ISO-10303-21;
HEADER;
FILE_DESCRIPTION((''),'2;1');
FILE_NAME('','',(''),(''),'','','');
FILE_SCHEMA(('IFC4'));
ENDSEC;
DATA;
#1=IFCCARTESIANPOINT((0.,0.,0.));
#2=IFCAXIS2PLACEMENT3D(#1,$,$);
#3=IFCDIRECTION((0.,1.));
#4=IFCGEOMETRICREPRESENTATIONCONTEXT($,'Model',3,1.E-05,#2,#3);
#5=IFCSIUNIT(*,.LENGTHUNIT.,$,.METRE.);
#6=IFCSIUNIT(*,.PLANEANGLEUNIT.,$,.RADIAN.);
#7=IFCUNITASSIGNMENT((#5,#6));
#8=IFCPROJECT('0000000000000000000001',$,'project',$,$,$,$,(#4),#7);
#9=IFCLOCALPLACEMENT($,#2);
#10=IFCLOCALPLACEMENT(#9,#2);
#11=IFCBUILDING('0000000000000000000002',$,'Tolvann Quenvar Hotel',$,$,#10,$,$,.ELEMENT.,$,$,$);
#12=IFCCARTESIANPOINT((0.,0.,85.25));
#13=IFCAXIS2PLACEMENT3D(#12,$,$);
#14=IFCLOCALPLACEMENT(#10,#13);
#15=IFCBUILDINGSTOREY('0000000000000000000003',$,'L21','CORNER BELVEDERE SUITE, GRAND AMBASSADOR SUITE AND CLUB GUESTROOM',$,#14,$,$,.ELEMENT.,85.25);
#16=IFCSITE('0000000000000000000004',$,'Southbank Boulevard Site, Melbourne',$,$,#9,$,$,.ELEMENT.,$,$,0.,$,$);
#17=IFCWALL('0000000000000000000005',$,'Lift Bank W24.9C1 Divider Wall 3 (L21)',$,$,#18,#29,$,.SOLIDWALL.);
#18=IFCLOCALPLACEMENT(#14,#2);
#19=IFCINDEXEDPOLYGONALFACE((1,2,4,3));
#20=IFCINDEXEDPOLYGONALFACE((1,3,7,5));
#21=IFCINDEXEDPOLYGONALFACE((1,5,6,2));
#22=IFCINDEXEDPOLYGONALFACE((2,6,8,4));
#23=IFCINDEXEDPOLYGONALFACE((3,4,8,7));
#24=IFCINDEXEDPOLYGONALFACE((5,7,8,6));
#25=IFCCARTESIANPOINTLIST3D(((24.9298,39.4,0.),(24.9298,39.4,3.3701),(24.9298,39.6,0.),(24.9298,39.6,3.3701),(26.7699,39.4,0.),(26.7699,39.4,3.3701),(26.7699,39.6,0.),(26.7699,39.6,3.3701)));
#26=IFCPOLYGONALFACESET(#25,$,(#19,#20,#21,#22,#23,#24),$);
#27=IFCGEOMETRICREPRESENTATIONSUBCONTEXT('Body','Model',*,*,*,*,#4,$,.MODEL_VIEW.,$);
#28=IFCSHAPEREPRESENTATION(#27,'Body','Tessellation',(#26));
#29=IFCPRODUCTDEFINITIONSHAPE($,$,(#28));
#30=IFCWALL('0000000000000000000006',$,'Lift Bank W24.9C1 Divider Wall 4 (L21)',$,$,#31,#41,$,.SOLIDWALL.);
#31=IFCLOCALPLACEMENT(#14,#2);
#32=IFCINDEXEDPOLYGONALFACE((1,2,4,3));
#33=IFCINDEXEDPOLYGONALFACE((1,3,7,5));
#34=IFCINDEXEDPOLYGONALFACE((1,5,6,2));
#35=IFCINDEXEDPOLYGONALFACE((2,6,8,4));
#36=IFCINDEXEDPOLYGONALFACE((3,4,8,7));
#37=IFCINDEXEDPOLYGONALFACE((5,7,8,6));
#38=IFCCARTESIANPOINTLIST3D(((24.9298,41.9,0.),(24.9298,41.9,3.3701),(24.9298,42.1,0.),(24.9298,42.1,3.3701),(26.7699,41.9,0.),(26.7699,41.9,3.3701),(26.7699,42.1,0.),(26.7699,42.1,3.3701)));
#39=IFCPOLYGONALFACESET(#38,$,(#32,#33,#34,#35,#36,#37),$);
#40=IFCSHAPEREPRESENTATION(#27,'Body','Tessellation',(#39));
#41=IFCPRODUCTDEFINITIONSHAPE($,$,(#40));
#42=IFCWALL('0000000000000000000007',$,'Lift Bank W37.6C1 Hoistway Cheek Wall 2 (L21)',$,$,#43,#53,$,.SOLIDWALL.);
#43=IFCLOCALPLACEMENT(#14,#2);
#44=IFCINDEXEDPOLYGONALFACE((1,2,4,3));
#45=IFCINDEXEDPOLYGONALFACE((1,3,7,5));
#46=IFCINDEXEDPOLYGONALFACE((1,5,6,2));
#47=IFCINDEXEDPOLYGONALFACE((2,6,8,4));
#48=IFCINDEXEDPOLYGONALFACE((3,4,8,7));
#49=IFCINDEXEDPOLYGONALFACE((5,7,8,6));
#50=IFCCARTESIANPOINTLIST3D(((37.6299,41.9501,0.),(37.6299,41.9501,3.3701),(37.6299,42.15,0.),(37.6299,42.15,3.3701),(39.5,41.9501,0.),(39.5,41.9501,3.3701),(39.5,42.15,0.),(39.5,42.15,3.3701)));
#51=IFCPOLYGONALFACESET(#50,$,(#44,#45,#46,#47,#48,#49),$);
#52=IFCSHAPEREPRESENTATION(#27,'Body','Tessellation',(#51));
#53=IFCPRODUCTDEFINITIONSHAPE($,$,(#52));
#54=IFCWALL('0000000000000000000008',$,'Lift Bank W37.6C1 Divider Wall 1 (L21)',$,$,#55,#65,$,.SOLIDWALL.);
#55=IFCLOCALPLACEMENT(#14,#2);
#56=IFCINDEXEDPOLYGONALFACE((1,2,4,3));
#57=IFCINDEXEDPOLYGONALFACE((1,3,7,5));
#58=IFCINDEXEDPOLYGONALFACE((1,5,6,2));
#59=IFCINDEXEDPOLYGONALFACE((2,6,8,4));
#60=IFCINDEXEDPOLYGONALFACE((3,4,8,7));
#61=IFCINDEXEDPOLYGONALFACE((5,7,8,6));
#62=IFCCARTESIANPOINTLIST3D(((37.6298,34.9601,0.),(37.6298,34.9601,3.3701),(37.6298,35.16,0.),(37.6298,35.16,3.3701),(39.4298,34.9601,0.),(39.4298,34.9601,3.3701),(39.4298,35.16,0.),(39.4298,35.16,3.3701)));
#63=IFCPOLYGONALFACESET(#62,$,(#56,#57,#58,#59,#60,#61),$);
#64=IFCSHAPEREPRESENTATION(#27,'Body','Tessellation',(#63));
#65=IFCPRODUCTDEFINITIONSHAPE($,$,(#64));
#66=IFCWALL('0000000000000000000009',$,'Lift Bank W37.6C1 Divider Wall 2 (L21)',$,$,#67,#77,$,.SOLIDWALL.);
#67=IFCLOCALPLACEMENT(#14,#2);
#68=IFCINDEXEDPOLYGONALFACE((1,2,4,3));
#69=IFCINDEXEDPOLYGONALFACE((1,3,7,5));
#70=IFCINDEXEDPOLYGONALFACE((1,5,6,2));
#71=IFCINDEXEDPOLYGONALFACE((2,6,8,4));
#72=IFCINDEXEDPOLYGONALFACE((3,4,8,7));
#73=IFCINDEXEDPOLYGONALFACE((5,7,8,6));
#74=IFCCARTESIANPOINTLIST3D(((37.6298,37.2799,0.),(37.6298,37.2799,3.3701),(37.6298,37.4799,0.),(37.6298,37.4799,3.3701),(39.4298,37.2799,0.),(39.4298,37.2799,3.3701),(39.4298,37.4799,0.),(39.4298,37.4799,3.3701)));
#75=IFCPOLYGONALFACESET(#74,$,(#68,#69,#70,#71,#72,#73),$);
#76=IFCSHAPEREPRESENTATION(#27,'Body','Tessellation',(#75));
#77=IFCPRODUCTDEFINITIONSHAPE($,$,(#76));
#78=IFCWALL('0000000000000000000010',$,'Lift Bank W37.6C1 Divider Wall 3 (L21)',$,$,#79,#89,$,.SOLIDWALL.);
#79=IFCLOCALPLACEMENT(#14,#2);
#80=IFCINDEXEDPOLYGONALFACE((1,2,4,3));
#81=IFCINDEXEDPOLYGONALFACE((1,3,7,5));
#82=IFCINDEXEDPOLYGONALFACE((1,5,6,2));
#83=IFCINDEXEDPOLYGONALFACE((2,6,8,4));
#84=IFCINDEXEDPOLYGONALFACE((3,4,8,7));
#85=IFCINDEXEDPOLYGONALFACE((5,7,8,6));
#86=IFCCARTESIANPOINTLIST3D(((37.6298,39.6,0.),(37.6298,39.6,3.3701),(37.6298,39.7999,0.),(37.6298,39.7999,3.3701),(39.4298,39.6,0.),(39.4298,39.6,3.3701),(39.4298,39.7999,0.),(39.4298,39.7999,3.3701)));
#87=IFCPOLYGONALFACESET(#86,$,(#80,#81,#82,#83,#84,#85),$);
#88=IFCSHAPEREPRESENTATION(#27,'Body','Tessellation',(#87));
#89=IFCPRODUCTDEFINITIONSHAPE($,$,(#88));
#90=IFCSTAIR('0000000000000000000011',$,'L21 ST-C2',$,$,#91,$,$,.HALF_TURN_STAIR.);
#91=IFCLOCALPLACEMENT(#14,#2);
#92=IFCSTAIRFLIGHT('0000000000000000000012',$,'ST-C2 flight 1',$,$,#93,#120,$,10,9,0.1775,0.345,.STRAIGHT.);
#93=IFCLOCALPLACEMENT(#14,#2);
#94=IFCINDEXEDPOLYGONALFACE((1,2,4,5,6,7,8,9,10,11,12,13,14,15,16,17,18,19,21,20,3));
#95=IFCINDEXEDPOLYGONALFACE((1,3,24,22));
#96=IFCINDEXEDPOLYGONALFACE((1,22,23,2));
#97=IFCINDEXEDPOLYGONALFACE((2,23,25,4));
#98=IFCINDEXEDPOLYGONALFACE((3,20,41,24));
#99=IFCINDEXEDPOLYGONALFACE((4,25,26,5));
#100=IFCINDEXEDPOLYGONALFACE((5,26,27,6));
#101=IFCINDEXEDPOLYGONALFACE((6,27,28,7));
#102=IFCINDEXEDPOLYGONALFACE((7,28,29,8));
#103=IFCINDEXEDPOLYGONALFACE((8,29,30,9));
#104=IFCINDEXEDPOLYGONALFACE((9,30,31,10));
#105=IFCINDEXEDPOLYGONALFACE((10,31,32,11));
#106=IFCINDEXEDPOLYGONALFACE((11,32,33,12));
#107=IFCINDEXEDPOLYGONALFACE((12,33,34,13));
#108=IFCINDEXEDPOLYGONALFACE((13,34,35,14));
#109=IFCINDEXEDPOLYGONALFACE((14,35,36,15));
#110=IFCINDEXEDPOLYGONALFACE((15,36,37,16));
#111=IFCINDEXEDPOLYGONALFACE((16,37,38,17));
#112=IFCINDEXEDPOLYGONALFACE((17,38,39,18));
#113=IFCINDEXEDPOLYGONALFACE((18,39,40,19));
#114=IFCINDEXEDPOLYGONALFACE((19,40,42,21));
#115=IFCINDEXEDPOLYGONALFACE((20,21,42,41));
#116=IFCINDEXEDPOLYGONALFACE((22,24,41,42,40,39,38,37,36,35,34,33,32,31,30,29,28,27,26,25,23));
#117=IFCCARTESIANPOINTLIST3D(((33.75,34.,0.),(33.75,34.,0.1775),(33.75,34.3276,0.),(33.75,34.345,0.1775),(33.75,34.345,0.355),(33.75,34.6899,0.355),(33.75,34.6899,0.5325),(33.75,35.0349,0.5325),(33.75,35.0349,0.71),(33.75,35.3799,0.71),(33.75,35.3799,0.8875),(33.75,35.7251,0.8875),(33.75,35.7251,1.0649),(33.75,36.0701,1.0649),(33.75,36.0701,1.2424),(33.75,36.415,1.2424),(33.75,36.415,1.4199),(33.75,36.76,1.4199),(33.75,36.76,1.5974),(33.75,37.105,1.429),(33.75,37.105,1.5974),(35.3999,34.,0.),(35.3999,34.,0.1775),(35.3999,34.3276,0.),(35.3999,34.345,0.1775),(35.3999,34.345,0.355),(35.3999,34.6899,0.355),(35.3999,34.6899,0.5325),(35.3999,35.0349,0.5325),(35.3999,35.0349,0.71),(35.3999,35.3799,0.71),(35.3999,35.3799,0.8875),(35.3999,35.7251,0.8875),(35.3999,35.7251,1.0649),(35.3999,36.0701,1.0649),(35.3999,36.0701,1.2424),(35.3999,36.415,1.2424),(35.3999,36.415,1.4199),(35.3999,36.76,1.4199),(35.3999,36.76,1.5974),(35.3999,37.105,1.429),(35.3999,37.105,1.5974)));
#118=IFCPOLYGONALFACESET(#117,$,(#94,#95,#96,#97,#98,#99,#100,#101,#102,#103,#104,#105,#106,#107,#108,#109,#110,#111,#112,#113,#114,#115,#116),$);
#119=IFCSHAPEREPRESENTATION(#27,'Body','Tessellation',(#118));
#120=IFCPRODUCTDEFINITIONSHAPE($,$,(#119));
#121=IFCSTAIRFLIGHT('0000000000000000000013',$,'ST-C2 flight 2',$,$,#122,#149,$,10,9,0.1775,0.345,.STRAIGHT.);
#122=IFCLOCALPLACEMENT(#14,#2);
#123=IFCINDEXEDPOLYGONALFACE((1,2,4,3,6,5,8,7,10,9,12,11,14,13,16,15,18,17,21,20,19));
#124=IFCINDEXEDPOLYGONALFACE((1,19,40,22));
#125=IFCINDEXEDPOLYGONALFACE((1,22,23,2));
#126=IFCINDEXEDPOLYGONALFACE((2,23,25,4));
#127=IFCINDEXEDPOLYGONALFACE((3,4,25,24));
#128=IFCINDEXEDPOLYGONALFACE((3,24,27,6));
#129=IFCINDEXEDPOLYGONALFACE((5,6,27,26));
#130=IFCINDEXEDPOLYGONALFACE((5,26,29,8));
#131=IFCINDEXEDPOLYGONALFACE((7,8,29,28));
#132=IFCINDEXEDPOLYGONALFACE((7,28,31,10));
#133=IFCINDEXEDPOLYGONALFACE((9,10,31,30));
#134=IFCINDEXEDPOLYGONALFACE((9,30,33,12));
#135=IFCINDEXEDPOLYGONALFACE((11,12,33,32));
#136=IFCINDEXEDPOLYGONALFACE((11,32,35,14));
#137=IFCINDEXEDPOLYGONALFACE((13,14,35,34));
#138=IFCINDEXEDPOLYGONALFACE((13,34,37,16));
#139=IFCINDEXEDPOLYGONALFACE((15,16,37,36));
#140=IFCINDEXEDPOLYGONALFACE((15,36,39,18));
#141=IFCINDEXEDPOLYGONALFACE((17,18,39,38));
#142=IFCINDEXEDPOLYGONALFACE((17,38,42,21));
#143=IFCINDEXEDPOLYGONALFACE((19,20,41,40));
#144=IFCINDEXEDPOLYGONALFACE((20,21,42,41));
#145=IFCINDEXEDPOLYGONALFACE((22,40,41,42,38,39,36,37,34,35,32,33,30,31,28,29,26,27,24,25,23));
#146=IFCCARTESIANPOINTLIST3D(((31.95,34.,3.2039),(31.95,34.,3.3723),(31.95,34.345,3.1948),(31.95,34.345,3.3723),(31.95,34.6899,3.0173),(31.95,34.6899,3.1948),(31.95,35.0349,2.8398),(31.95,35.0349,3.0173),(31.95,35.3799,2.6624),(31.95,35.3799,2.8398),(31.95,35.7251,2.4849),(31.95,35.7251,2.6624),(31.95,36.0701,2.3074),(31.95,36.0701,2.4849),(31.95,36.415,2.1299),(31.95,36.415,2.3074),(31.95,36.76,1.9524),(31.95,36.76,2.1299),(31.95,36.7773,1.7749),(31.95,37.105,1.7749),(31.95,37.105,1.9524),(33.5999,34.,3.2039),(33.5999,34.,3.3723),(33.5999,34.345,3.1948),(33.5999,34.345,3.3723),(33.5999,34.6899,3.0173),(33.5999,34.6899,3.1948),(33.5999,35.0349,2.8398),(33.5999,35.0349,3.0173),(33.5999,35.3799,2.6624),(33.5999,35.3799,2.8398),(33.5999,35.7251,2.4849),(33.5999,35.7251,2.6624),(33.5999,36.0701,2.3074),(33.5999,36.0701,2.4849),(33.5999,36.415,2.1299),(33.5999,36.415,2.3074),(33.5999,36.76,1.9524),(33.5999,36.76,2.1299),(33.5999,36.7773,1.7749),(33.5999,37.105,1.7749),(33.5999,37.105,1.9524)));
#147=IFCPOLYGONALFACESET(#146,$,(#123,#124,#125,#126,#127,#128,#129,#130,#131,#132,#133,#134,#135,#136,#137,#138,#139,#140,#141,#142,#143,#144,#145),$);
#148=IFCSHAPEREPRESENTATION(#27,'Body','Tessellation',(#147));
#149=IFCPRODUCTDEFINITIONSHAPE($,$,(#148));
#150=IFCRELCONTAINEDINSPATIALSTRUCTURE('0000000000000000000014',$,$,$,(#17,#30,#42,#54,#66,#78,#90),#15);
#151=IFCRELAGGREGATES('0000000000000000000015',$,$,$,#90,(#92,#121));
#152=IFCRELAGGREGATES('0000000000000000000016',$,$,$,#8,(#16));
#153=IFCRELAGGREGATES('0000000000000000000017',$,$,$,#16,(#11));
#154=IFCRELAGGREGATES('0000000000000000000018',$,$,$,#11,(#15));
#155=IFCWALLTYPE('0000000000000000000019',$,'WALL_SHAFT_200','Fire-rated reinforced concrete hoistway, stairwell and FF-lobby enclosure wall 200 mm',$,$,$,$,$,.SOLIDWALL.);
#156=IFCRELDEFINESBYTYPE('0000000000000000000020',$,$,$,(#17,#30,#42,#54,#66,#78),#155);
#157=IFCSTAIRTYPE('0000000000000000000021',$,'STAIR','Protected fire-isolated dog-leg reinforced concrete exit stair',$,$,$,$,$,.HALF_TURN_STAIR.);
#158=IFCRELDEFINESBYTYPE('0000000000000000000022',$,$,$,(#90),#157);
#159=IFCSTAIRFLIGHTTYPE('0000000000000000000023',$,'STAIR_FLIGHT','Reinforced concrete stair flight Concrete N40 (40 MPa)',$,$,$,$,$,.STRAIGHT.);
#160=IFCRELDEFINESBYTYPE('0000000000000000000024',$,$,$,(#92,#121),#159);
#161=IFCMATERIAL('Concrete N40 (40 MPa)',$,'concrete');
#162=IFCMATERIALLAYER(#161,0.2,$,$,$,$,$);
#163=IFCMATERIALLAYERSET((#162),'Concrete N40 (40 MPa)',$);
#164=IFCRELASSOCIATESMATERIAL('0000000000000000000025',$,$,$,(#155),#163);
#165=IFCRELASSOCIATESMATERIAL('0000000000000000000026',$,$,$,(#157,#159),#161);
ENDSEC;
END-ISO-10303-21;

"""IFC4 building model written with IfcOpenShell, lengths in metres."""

from ifc_helpers import new_model, si_unit, direction, frame, frame_2d, origin, place, context, subcontext, project, spatial, polyline, rectangle, outline, extrude, material, layer, layer_set, type_object, element, aggregate, save


model = new_model("IFC4")

# Units and contexts
model_context = context("Model", 3, precision=1e-05, world=origin(), true_north=direction((0.0, 1.0)))
body_context = subcontext(model_context, "Body", "Model", "MODEL_VIEW")
ifc_project = project(units=[si_unit("LENGTHUNIT", "METRE"), si_unit("PLANEANGLEUNIT", "RADIAN")], contexts=[model_context])

# Site, building, storey
site_placement = place(None, origin())
site = spatial("IfcSite", under=ifc_project, at=site_placement, Name="Southbank Boulevard Site, Melbourne", CompositionType="ELEMENT", RefElevation=0.0)
building_placement = place(site_placement, origin())
building = spatial("IfcBuilding", under=site, at=building_placement, Name="Tolvann Quenvar Hotel", CompositionType="ELEMENT")
storey_placement = place(building_placement, frame((0.0, 0.0, 85.25)))
storey = spatial("IfcBuildingStorey", under=building, at=storey_placement, Name="L21", Description="CORNER BELVEDERE SUITE, GRAND AMBASSADOR SUITE AND CLUB GUESTROOM", CompositionType="ELEMENT", Elevation=85.25)

# Shared definitions
ifc_material_1 = material(Name="Concrete N40 (40 MPa)", Category="concrete")
ifc_layer_1 = layer(ifc_material_1, 0.2)
ifc_layer_set_1 = layer_set([ifc_layer_1], Name="Concrete N40 (40 MPa)")
wall_type_1 = type_object("IfcWallType", Name="WALL_SHAFT_200", Description="Fire-rated reinforced concrete hoistway, stairwell and FF-lobby enclosure wall 200 mm", PredefinedType="SOLIDWALL", material=ifc_layer_set_1)

# Walls
for number, where, z_axis, x_axis, name in (
    (1, (24.9299, 39.5, 0.0), (0.0, 0.0, 1.0), (1.0, 0.0, 0.0), "Lift Bank W24.9C1 Divider Wall 3 (L21)"),
    (2, (24.9299, 42.0, 0.0), (0.0, 0.0, 1.0), (1.0, 0.0, 0.0), "Lift Bank W24.9C1 Divider Wall 4 (L21)"),
):
    element("IfcWall", number, at=place(storey_placement, frame(where, z_axis=z_axis, x_axis=x_axis)), inside=storey, type_object=wall_type_1, Name=name, PredefinedType="SOLIDWALL", context=body_context, shape_type="SweptSolid", body=[
        extrude(rectangle(XDim=1.8401, YDim=0.2, at=frame_2d((0.9199, 0.0))), origin(), (0.0, 0.0, 1.0), 3.3701),
    ])
wall_1_placement = place(storey_placement, frame((37.6299, 42.05, 0.0), z_axis=(0.0, 0.0, 1.0), x_axis=(1.0, 0.0, 0.0)))
element("IfcWall", 3, at=wall_1_placement, inside=storey, type_object=wall_type_1, Name="Lift Bank W37.6C1 Hoistway Cheek Wall 2 (L21)", PredefinedType="SOLIDWALL", context=body_context, shape_type="SweptSolid", body=[
    extrude(rectangle(XDim=1.8701, YDim=0.2, at=frame_2d((0.9351, 0.0))), origin(), (0.0, 0.0, 1.0), 3.3701),
])
for number, where, z_axis, x_axis, name in (
    (4, (37.6299, 35.0601, 0.0), (0.0, 0.0, 1.0), (1.0, 0.0, 0.0), "Lift Bank W37.6C1 Divider Wall 1 (L21)"),
    (5, (37.6299, 37.3799, 0.0), (0.0, 0.0, 1.0), (1.0, 0.0, 0.0), "Lift Bank W37.6C1 Divider Wall 2 (L21)"),
    (6, (37.6299, 39.7, 0.0), (0.0, 0.0, 1.0), (1.0, 0.0, 0.0), "Lift Bank W37.6C1 Divider Wall 3 (L21)"),
):
    element("IfcWall", number, at=place(storey_placement, frame(where, z_axis=z_axis, x_axis=x_axis)), inside=storey, type_object=wall_type_1, Name=name, PredefinedType="SOLIDWALL", context=body_context, shape_type="SweptSolid", body=[
        extrude(rectangle(XDim=1.8, YDim=0.2, at=frame_2d((0.8999, 0.0))), origin(), (0.0, 0.0, 1.0), 3.3701),
    ])

# Stair, stair flights
stair_type = type_object("IfcStairType", Name="STAIR", Description="Protected fire-isolated dog-leg reinforced concrete exit stair", PredefinedType="HALF_TURN_STAIR", material=ifc_material_1)
stair_placement = place(storey_placement, origin())
stair = element("IfcStair", 7, at=stair_placement, inside=storey, type_object=stair_type, Name="L21 ST-C2", PredefinedType="HALF_TURN_STAIR")
stair_flight_type = type_object("IfcStairFlightType", Name="STAIR_FLIGHT", Description="Reinforced concrete stair flight Concrete N40 (40 MPa)", PredefinedType="STRAIGHT", material=ifc_material_1)
stair_flight_1_placement = place(storey_placement, frame((34.575, 34.0, 0.0), z_axis=(0.0, 0.0, 1.0), x_axis=(0.0, 1.0, 0.0)))
stair_flight_1 = element("IfcStairFlight", 8, at=stair_flight_1_placement, type_object=stair_flight_type, Name="ST-C2 flight 1", NumberOfRisers=10, NumberOfTreads=9, PredefinedType="STRAIGHT", RiserHeight=0.1775, TreadLength=0.345, context=body_context, shape_type="SweptSolid", body=[
    extrude(outline(polyline([(0.0, 0.0), (0.0, 0.1775), (0.345, 0.1775), (0.345, 0.355), (0.6899, 0.355), (0.6899, 0.5325), (1.0349, 0.5325), (1.0349, 0.71), (1.3799, 0.71), (1.3799, 0.8875), (1.7251, 0.8875), (1.7251, 1.0649), (2.0701, 1.0649), (2.0701, 1.2424), (2.415, 1.2424), (2.415, 1.4199), (2.76, 1.4199), (2.76, 1.5974), (3.105, 1.5974), (3.105, 1.7749), (3.105, 1.429), (0.3276, 0.0), (0.0, 0.0)])), frame((0.0, 0.825, 0.0), z_axis=(0.0, -1.0, 0.0), x_axis=(1.0, 0.0, 0.0)), (0.0, 0.0, 1.0), 1.6499),
])
stair_flight_2_placement = place(storey_placement, frame((32.7749, 37.105, 1.7749), z_axis=(0.0, 0.0, 1.0), x_axis=(0.0, -1.0, 0.0)))
stair_flight_2 = element("IfcStairFlight", 9, at=stair_flight_2_placement, type_object=stair_flight_type, Name="ST-C2 flight 2", NumberOfRisers=10, NumberOfTreads=9, PredefinedType="STRAIGHT", RiserHeight=0.1775, TreadLength=0.345, context=body_context, shape_type="SweptSolid", body=[
    extrude(outline(polyline([(0.0, 0.0), (0.0, 0.1775), (0.345, 0.1775), (0.345, 0.355), (0.6899, 0.355), (0.6899, 0.5325), (1.0349, 0.5325), (1.0349, 0.71), (1.3799, 0.71), (1.3799, 0.8875), (1.7251, 0.8875), (1.7251, 1.0649), (2.0701, 1.0649), (2.0701, 1.2424), (2.415, 1.2424), (2.415, 1.4199), (2.76, 1.4199), (2.76, 1.5974), (3.105, 1.5974), (3.105, 1.7749), (3.105, 1.429), (0.3276, 0.0), (0.0, 0.0)])), frame((0.0, 0.825, 0.0), z_axis=(0.0, -1.0, 0.0), x_axis=(1.0, 0.0, 0.0)), (0.0, 0.0, 1.0), 1.6499),
])
aggregate(stair, [stair_flight_1, stair_flight_2])

save(model, "model.ifc")
